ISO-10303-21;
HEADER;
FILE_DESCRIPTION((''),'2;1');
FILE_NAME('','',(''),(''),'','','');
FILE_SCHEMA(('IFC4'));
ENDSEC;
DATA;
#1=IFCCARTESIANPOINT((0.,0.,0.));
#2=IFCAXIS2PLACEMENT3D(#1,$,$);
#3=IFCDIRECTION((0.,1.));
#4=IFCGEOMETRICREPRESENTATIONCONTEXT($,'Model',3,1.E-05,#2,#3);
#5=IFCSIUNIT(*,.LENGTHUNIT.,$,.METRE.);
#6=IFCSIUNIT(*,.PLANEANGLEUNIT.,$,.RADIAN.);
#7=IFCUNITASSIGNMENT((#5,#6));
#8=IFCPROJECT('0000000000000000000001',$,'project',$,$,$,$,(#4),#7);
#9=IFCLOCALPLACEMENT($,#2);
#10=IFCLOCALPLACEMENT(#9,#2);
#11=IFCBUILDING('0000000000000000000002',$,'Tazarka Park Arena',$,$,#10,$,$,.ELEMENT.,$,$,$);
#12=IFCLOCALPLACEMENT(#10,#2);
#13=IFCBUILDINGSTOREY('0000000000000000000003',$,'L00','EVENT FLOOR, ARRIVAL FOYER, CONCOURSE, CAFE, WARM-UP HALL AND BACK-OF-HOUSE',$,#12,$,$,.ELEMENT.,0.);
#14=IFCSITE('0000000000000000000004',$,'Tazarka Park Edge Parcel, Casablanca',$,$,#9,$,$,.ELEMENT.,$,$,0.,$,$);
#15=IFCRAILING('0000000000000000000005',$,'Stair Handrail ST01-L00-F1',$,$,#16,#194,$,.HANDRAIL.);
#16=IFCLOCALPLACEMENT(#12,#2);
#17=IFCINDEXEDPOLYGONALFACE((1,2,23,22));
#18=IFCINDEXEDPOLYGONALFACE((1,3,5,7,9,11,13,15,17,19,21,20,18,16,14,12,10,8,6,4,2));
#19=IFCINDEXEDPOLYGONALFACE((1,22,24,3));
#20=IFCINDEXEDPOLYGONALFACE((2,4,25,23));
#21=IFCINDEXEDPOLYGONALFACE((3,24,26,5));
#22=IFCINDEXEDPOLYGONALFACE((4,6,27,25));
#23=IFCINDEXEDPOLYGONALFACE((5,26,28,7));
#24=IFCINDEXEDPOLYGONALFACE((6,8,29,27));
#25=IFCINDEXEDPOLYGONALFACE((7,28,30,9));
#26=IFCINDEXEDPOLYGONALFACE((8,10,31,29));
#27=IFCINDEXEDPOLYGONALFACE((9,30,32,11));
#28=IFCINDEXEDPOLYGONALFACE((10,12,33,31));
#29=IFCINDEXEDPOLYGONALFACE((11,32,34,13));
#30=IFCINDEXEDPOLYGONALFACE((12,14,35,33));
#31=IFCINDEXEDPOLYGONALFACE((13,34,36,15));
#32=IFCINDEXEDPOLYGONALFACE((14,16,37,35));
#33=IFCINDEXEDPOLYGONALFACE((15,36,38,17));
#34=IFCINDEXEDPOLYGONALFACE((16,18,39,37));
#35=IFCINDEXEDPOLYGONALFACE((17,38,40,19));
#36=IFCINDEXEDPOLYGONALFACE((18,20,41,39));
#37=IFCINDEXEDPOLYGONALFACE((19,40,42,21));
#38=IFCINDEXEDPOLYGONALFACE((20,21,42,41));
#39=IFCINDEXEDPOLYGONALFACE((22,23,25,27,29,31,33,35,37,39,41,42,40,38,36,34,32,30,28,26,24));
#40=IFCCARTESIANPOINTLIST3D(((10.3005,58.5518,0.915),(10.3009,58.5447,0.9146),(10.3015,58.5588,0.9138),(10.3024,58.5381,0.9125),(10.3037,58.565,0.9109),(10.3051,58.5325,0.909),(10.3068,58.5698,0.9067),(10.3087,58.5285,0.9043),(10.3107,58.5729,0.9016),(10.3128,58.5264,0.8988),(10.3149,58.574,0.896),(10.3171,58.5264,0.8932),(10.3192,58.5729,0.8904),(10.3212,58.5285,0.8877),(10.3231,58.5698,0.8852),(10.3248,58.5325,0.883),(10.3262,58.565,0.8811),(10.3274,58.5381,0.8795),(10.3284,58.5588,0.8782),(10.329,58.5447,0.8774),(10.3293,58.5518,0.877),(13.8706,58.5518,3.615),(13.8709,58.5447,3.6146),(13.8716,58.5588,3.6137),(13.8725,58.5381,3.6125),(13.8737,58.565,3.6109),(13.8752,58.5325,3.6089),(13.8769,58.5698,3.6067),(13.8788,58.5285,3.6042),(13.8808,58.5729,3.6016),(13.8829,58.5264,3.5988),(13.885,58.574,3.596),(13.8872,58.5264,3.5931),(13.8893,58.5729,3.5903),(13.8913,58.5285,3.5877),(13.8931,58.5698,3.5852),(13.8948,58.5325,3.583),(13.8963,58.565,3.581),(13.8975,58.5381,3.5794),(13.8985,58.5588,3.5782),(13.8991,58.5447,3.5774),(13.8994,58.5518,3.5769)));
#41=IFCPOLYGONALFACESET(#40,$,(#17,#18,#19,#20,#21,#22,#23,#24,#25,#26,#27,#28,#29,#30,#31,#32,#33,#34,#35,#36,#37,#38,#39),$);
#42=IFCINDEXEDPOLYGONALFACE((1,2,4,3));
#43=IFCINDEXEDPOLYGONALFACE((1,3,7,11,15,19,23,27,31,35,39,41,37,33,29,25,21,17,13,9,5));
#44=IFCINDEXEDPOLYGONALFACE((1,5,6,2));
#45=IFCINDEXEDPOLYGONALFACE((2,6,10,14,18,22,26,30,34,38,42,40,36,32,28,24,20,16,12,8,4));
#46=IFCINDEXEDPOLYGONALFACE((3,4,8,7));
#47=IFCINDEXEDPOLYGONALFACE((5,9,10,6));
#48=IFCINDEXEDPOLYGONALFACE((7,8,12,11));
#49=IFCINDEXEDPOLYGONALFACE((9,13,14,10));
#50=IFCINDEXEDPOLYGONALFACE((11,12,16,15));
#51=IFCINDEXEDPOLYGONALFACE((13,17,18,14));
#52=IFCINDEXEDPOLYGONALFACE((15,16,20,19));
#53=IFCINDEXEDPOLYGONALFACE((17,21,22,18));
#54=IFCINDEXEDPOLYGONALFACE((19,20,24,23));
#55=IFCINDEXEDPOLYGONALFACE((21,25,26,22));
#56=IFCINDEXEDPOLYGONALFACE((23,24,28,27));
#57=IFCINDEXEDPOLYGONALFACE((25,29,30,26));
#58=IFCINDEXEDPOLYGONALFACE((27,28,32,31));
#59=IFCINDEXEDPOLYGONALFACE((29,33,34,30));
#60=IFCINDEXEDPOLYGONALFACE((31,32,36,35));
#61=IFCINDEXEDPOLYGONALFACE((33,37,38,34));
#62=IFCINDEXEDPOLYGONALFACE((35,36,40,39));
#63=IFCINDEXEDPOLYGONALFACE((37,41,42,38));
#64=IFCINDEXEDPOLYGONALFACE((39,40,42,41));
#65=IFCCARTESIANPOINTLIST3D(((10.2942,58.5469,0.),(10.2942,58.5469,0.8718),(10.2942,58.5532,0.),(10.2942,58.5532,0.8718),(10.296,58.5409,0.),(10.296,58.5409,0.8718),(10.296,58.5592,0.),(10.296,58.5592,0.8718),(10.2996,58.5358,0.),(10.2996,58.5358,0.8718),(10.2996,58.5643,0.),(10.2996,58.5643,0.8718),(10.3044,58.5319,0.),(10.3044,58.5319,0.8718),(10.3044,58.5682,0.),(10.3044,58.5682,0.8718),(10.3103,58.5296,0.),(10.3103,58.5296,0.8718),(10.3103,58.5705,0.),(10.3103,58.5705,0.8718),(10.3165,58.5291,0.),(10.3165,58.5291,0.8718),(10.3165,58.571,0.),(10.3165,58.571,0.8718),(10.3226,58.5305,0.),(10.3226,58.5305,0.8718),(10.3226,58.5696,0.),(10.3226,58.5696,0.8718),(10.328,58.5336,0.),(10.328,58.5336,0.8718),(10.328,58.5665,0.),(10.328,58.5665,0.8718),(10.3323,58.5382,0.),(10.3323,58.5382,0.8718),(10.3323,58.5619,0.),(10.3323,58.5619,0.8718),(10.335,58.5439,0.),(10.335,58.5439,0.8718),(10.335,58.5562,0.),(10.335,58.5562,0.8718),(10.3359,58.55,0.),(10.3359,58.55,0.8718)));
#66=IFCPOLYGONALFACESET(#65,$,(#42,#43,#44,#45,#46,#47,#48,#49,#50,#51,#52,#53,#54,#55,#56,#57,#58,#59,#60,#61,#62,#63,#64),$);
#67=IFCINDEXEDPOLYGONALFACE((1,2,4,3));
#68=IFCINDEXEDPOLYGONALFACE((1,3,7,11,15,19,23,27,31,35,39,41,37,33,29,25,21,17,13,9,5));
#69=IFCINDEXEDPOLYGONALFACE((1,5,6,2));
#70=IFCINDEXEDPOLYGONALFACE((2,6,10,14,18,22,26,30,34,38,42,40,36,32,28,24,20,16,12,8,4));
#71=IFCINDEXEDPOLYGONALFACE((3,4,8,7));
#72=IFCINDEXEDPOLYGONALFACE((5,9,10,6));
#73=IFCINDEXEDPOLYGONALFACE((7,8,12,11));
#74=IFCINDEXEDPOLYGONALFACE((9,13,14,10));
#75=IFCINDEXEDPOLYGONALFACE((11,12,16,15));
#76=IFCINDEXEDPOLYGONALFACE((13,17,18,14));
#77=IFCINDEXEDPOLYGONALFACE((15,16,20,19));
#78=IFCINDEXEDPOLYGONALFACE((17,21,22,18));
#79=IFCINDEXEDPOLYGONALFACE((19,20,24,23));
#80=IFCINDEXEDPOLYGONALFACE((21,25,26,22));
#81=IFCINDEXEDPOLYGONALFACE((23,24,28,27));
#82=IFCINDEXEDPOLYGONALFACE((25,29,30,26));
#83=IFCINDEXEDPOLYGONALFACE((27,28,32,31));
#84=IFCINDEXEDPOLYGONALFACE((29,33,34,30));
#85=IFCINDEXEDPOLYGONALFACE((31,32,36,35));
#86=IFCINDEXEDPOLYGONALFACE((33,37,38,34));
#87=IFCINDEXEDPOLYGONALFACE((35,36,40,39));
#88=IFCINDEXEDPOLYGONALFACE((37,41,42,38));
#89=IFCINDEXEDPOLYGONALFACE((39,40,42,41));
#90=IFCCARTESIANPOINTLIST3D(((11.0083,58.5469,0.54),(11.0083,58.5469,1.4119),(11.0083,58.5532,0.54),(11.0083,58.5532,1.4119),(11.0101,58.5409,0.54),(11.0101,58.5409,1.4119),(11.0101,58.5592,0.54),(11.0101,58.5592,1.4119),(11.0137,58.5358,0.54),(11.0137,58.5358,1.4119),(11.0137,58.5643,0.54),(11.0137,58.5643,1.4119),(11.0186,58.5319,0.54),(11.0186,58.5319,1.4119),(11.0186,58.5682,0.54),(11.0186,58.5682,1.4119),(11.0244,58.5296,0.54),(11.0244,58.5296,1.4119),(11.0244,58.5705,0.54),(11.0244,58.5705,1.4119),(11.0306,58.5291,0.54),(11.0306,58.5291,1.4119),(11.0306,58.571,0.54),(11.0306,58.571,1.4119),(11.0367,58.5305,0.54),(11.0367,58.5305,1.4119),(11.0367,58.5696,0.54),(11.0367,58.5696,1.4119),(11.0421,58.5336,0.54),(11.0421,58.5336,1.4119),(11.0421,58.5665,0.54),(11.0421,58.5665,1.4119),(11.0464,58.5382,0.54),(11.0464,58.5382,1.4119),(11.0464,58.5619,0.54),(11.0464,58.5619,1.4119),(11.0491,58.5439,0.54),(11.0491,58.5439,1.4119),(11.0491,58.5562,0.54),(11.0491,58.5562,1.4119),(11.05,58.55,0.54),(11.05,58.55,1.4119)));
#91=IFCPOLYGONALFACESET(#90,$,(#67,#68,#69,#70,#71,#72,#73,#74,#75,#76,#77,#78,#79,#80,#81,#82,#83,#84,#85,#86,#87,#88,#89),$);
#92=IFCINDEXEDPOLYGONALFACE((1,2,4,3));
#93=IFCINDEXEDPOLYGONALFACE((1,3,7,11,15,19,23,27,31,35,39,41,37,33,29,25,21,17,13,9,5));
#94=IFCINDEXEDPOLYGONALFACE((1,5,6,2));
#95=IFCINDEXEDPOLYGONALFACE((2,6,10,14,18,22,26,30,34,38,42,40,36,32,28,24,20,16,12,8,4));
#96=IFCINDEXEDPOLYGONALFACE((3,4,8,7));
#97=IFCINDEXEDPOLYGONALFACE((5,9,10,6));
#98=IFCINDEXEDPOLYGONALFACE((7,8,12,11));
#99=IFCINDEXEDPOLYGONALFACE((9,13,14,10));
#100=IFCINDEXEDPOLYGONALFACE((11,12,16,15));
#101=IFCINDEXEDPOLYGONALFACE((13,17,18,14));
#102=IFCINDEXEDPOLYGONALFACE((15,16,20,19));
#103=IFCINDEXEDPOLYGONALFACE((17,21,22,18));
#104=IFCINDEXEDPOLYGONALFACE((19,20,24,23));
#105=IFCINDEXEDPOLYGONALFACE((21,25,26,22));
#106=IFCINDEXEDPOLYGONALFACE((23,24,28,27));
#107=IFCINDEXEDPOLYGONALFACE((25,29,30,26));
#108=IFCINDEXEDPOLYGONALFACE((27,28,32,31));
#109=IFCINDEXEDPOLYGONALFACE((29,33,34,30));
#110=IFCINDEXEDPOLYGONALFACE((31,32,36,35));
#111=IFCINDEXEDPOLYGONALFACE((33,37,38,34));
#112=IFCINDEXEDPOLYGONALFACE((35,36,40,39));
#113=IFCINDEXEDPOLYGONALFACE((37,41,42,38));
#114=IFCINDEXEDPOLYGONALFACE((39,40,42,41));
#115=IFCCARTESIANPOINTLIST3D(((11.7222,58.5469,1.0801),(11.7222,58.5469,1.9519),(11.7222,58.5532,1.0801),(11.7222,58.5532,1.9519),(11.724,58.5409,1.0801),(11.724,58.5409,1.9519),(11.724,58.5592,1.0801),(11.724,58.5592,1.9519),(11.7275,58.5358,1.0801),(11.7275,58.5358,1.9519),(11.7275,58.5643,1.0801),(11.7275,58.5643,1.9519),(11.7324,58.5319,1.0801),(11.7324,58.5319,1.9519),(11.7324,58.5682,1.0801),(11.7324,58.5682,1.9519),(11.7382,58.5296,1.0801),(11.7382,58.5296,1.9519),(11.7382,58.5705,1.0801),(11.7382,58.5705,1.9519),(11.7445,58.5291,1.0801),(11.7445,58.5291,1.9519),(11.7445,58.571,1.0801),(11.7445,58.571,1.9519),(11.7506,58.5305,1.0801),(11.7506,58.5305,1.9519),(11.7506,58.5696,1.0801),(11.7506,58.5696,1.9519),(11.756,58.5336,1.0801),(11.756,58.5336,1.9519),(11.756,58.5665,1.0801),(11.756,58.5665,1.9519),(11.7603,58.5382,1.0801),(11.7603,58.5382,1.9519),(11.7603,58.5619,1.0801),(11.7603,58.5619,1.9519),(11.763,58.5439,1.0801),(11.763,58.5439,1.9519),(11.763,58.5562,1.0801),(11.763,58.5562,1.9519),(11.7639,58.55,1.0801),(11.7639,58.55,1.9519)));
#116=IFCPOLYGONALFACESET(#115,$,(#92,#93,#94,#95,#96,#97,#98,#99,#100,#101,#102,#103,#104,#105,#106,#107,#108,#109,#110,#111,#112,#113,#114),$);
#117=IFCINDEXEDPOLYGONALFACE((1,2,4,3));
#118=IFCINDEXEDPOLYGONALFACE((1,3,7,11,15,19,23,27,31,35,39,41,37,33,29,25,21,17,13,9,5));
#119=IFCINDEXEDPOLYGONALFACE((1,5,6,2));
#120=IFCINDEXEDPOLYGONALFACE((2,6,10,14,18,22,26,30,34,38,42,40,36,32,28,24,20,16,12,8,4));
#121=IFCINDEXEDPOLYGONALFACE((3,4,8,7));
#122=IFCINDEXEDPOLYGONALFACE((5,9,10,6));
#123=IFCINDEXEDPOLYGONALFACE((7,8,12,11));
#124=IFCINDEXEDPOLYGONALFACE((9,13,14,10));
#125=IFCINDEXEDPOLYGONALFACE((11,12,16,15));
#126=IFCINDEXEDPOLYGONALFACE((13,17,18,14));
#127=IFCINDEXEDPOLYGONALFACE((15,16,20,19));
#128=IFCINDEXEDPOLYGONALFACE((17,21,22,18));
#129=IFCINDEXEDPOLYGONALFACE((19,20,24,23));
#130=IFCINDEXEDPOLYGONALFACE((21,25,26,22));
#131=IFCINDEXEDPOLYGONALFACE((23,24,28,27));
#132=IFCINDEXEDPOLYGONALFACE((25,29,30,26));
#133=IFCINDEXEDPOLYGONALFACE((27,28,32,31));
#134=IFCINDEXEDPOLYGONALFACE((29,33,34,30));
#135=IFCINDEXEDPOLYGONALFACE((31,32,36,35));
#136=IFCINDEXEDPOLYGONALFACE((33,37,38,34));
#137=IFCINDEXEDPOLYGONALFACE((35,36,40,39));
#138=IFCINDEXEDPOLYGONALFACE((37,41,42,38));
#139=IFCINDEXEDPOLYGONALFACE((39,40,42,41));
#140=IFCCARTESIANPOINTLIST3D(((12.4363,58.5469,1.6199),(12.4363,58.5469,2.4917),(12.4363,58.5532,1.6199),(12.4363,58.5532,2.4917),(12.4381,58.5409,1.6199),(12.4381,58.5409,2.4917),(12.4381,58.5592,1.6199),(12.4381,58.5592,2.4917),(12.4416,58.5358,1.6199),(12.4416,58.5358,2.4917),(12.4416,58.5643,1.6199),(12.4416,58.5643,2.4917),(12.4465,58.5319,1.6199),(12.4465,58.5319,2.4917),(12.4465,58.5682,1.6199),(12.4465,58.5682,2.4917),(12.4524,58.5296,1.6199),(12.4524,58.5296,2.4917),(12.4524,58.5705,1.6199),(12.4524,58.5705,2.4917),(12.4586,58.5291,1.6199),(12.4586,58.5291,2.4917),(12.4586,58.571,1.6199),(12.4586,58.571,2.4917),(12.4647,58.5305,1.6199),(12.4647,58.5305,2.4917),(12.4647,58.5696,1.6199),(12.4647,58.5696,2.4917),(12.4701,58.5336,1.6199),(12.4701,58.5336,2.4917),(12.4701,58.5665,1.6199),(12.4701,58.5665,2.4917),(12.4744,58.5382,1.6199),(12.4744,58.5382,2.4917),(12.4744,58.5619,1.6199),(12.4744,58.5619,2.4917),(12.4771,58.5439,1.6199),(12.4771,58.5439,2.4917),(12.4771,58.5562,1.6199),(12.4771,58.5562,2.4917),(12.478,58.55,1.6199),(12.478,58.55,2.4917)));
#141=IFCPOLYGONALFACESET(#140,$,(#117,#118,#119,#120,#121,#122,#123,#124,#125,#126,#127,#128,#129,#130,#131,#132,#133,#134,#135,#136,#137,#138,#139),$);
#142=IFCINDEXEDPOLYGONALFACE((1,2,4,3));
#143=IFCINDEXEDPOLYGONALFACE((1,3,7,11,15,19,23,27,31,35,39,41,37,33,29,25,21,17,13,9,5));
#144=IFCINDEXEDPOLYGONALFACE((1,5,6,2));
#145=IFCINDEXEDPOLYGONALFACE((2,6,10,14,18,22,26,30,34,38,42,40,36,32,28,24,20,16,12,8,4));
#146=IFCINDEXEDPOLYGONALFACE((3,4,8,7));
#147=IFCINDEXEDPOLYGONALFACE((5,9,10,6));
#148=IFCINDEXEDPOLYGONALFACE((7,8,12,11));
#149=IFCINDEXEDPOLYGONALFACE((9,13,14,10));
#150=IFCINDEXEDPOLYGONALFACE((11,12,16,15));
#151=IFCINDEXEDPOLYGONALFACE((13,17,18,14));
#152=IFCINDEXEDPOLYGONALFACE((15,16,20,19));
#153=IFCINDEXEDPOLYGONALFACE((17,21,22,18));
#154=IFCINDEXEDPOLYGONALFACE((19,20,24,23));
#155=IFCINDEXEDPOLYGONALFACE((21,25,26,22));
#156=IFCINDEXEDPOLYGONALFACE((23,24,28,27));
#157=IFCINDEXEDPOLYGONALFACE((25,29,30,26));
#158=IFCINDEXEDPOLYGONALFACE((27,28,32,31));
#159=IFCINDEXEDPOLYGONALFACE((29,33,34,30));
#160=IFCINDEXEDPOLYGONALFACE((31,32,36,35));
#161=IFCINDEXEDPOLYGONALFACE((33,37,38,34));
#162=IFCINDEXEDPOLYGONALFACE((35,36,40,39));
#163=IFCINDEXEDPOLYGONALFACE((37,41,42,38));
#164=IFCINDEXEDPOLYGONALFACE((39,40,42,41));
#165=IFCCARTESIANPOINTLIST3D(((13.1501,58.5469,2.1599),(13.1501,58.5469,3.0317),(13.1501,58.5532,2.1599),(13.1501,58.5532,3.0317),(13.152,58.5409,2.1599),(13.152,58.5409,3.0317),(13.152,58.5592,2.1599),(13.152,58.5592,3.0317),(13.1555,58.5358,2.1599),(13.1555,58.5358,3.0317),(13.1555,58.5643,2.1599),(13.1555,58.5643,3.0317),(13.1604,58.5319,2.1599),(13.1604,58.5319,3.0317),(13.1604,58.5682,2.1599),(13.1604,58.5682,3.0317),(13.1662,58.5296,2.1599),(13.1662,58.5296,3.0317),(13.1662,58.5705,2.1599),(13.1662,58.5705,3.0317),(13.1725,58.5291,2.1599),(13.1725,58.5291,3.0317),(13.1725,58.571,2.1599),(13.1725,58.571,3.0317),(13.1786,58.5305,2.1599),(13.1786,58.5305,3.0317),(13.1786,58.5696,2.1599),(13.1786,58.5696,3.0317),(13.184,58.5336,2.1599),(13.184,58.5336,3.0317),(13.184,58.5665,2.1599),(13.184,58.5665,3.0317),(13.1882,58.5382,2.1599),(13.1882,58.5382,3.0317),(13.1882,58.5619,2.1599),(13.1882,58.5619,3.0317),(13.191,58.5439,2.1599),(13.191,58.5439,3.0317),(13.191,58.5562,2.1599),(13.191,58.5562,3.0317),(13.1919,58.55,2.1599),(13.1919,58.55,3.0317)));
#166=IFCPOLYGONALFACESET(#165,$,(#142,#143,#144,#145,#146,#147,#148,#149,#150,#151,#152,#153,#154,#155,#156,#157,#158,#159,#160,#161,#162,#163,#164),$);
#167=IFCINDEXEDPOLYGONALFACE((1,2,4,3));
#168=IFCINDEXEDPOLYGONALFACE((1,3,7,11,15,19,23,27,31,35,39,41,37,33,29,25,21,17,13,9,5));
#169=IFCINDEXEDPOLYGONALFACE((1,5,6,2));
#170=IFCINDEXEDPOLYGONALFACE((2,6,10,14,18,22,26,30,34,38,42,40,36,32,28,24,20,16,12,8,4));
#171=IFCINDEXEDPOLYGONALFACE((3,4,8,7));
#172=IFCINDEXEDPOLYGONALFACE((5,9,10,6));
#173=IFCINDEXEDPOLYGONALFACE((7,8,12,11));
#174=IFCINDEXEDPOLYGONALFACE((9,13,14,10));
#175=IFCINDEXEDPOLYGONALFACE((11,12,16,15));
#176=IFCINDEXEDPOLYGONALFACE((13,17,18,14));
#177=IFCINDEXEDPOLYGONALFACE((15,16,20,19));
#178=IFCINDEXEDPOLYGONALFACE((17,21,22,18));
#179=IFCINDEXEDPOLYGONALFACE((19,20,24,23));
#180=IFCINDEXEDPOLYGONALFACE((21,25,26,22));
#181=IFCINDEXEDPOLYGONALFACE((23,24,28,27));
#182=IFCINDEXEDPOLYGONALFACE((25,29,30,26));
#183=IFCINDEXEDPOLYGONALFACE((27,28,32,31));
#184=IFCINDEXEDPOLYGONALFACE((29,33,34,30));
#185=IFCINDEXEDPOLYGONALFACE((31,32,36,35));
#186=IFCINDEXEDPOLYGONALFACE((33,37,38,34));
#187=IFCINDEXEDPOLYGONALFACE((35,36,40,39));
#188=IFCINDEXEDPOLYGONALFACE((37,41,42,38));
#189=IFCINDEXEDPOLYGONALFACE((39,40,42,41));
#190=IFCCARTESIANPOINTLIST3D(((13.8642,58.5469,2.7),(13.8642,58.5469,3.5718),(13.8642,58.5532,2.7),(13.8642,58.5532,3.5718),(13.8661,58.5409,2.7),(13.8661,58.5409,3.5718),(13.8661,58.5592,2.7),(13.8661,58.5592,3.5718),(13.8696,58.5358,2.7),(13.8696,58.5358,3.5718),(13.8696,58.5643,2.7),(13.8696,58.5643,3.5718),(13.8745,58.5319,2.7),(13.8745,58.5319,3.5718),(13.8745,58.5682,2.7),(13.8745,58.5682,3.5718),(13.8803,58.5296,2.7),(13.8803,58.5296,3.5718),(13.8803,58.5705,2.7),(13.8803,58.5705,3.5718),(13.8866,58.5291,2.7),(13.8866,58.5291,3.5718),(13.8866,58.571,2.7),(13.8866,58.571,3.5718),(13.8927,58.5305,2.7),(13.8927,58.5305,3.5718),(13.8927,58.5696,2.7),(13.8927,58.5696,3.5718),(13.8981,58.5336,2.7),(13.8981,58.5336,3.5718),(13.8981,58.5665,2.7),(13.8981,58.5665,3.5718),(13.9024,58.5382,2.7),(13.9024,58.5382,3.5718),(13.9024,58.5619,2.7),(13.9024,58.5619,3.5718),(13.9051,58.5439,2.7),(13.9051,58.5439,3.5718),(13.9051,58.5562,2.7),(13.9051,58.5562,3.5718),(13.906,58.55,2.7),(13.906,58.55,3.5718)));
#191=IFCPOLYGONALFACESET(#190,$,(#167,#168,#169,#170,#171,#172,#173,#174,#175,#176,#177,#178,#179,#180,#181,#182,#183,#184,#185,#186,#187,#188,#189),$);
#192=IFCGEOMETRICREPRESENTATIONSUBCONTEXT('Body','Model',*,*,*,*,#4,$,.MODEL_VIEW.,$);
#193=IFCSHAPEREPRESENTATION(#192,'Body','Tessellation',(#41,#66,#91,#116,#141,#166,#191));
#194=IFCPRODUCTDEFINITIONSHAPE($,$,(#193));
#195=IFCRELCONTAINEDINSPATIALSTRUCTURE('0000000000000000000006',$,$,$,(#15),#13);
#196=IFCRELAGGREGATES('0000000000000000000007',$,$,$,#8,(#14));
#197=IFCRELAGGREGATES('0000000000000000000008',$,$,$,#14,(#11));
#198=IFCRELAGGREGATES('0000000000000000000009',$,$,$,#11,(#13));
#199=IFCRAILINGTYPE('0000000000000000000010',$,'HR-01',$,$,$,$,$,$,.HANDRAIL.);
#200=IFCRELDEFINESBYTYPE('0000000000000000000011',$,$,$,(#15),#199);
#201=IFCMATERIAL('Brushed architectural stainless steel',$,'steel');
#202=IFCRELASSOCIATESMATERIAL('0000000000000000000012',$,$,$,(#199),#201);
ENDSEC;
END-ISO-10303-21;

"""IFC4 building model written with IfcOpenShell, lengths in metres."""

from ifc_helpers import new_model, si_unit, direction, frame, origin, origin_2d, place, context, subcontext, project, spatial, circle, extrude, material, type_object, element, save


model = new_model("IFC4")

# Units and contexts
model_context = context("Model", 3, precision=1e-05, world=origin(), true_north=direction((0.0, 1.0)))
body_context = subcontext(model_context, "Body", "Model", "MODEL_VIEW")
ifc_project = project(units=[si_unit("LENGTHUNIT", "METRE"), si_unit("PLANEANGLEUNIT", "RADIAN")], contexts=[model_context])

# Site, building, storey
site_placement = place(None, origin())
site = spatial("IfcSite", under=ifc_project, at=site_placement, Name="Tazarka Park Edge Parcel, Casablanca", CompositionType="ELEMENT", RefElevation=0.0)
building_placement = place(site_placement, origin())
building = spatial("IfcBuilding", under=site, at=building_placement, Name="Tazarka Park Arena", CompositionType="ELEMENT")
storey_placement = place(building_placement, origin())
storey = spatial("IfcBuildingStorey", under=building, at=storey_placement, Name="L00", Description="EVENT FLOOR, ARRIVAL FOYER, CONCOURSE, CAFE, WARM-UP HALL AND BACK-OF-HOUSE", CompositionType="ELEMENT", Elevation=0.0)

# Railing
ifc_material_1 = material(Name="Brushed architectural stainless steel", Category="steel")
railing_type_1 = type_object("IfcRailingType", Name="HR-01", PredefinedType="HANDRAIL", material=ifc_material_1)
railing_1_placement = place(storey_placement, frame((10.3149, 58.55, 0.0)))
element("IfcRailing", 1, at=railing_1_placement, inside=storey, type_object=railing_type_1, Name="Stair Handrail ST01-L00-F1", PredefinedType="HANDRAIL", context=body_context, shape_type="SweptSolid", body=[
    extrude(circle(Radius=0.0239, at=origin_2d()), frame((0.0, 0.0, 0.896), z_axis=(0.797591, 0.0, 0.603198), x_axis=(0.0, 1.0, 0.0)), (0.0, 0.0, 1.0), 4.4761),
    extrude(circle(Radius=0.021, at=origin_2d()), origin(), (0.0, 0.0, 1.0), 0.8718),
    extrude(circle(Radius=0.021, at=origin_2d()), frame((0.7141, 0.0, 0.54)), (0.0, 0.0, 1.0), 0.8718),
    extrude(circle(Radius=0.021, at=origin_2d()), frame((1.428, 0.0, 1.0801)), (0.0, 0.0, 1.0), 0.8718),
    extrude(circle(Radius=0.021, at=origin_2d()), frame((2.1421, 0.0, 1.6199)), (0.0, 0.0, 1.0), 0.8718),
    extrude(circle(Radius=0.021, at=origin_2d()), frame((2.856, 0.0, 2.1599)), (0.0, 0.0, 1.0), 0.8718),
    extrude(circle(Radius=0.021, at=origin_2d()), frame((3.5701, 0.0, 2.7)), (0.0, 0.0, 1.0), 0.8718),
])

save(model, "model.ifc")
